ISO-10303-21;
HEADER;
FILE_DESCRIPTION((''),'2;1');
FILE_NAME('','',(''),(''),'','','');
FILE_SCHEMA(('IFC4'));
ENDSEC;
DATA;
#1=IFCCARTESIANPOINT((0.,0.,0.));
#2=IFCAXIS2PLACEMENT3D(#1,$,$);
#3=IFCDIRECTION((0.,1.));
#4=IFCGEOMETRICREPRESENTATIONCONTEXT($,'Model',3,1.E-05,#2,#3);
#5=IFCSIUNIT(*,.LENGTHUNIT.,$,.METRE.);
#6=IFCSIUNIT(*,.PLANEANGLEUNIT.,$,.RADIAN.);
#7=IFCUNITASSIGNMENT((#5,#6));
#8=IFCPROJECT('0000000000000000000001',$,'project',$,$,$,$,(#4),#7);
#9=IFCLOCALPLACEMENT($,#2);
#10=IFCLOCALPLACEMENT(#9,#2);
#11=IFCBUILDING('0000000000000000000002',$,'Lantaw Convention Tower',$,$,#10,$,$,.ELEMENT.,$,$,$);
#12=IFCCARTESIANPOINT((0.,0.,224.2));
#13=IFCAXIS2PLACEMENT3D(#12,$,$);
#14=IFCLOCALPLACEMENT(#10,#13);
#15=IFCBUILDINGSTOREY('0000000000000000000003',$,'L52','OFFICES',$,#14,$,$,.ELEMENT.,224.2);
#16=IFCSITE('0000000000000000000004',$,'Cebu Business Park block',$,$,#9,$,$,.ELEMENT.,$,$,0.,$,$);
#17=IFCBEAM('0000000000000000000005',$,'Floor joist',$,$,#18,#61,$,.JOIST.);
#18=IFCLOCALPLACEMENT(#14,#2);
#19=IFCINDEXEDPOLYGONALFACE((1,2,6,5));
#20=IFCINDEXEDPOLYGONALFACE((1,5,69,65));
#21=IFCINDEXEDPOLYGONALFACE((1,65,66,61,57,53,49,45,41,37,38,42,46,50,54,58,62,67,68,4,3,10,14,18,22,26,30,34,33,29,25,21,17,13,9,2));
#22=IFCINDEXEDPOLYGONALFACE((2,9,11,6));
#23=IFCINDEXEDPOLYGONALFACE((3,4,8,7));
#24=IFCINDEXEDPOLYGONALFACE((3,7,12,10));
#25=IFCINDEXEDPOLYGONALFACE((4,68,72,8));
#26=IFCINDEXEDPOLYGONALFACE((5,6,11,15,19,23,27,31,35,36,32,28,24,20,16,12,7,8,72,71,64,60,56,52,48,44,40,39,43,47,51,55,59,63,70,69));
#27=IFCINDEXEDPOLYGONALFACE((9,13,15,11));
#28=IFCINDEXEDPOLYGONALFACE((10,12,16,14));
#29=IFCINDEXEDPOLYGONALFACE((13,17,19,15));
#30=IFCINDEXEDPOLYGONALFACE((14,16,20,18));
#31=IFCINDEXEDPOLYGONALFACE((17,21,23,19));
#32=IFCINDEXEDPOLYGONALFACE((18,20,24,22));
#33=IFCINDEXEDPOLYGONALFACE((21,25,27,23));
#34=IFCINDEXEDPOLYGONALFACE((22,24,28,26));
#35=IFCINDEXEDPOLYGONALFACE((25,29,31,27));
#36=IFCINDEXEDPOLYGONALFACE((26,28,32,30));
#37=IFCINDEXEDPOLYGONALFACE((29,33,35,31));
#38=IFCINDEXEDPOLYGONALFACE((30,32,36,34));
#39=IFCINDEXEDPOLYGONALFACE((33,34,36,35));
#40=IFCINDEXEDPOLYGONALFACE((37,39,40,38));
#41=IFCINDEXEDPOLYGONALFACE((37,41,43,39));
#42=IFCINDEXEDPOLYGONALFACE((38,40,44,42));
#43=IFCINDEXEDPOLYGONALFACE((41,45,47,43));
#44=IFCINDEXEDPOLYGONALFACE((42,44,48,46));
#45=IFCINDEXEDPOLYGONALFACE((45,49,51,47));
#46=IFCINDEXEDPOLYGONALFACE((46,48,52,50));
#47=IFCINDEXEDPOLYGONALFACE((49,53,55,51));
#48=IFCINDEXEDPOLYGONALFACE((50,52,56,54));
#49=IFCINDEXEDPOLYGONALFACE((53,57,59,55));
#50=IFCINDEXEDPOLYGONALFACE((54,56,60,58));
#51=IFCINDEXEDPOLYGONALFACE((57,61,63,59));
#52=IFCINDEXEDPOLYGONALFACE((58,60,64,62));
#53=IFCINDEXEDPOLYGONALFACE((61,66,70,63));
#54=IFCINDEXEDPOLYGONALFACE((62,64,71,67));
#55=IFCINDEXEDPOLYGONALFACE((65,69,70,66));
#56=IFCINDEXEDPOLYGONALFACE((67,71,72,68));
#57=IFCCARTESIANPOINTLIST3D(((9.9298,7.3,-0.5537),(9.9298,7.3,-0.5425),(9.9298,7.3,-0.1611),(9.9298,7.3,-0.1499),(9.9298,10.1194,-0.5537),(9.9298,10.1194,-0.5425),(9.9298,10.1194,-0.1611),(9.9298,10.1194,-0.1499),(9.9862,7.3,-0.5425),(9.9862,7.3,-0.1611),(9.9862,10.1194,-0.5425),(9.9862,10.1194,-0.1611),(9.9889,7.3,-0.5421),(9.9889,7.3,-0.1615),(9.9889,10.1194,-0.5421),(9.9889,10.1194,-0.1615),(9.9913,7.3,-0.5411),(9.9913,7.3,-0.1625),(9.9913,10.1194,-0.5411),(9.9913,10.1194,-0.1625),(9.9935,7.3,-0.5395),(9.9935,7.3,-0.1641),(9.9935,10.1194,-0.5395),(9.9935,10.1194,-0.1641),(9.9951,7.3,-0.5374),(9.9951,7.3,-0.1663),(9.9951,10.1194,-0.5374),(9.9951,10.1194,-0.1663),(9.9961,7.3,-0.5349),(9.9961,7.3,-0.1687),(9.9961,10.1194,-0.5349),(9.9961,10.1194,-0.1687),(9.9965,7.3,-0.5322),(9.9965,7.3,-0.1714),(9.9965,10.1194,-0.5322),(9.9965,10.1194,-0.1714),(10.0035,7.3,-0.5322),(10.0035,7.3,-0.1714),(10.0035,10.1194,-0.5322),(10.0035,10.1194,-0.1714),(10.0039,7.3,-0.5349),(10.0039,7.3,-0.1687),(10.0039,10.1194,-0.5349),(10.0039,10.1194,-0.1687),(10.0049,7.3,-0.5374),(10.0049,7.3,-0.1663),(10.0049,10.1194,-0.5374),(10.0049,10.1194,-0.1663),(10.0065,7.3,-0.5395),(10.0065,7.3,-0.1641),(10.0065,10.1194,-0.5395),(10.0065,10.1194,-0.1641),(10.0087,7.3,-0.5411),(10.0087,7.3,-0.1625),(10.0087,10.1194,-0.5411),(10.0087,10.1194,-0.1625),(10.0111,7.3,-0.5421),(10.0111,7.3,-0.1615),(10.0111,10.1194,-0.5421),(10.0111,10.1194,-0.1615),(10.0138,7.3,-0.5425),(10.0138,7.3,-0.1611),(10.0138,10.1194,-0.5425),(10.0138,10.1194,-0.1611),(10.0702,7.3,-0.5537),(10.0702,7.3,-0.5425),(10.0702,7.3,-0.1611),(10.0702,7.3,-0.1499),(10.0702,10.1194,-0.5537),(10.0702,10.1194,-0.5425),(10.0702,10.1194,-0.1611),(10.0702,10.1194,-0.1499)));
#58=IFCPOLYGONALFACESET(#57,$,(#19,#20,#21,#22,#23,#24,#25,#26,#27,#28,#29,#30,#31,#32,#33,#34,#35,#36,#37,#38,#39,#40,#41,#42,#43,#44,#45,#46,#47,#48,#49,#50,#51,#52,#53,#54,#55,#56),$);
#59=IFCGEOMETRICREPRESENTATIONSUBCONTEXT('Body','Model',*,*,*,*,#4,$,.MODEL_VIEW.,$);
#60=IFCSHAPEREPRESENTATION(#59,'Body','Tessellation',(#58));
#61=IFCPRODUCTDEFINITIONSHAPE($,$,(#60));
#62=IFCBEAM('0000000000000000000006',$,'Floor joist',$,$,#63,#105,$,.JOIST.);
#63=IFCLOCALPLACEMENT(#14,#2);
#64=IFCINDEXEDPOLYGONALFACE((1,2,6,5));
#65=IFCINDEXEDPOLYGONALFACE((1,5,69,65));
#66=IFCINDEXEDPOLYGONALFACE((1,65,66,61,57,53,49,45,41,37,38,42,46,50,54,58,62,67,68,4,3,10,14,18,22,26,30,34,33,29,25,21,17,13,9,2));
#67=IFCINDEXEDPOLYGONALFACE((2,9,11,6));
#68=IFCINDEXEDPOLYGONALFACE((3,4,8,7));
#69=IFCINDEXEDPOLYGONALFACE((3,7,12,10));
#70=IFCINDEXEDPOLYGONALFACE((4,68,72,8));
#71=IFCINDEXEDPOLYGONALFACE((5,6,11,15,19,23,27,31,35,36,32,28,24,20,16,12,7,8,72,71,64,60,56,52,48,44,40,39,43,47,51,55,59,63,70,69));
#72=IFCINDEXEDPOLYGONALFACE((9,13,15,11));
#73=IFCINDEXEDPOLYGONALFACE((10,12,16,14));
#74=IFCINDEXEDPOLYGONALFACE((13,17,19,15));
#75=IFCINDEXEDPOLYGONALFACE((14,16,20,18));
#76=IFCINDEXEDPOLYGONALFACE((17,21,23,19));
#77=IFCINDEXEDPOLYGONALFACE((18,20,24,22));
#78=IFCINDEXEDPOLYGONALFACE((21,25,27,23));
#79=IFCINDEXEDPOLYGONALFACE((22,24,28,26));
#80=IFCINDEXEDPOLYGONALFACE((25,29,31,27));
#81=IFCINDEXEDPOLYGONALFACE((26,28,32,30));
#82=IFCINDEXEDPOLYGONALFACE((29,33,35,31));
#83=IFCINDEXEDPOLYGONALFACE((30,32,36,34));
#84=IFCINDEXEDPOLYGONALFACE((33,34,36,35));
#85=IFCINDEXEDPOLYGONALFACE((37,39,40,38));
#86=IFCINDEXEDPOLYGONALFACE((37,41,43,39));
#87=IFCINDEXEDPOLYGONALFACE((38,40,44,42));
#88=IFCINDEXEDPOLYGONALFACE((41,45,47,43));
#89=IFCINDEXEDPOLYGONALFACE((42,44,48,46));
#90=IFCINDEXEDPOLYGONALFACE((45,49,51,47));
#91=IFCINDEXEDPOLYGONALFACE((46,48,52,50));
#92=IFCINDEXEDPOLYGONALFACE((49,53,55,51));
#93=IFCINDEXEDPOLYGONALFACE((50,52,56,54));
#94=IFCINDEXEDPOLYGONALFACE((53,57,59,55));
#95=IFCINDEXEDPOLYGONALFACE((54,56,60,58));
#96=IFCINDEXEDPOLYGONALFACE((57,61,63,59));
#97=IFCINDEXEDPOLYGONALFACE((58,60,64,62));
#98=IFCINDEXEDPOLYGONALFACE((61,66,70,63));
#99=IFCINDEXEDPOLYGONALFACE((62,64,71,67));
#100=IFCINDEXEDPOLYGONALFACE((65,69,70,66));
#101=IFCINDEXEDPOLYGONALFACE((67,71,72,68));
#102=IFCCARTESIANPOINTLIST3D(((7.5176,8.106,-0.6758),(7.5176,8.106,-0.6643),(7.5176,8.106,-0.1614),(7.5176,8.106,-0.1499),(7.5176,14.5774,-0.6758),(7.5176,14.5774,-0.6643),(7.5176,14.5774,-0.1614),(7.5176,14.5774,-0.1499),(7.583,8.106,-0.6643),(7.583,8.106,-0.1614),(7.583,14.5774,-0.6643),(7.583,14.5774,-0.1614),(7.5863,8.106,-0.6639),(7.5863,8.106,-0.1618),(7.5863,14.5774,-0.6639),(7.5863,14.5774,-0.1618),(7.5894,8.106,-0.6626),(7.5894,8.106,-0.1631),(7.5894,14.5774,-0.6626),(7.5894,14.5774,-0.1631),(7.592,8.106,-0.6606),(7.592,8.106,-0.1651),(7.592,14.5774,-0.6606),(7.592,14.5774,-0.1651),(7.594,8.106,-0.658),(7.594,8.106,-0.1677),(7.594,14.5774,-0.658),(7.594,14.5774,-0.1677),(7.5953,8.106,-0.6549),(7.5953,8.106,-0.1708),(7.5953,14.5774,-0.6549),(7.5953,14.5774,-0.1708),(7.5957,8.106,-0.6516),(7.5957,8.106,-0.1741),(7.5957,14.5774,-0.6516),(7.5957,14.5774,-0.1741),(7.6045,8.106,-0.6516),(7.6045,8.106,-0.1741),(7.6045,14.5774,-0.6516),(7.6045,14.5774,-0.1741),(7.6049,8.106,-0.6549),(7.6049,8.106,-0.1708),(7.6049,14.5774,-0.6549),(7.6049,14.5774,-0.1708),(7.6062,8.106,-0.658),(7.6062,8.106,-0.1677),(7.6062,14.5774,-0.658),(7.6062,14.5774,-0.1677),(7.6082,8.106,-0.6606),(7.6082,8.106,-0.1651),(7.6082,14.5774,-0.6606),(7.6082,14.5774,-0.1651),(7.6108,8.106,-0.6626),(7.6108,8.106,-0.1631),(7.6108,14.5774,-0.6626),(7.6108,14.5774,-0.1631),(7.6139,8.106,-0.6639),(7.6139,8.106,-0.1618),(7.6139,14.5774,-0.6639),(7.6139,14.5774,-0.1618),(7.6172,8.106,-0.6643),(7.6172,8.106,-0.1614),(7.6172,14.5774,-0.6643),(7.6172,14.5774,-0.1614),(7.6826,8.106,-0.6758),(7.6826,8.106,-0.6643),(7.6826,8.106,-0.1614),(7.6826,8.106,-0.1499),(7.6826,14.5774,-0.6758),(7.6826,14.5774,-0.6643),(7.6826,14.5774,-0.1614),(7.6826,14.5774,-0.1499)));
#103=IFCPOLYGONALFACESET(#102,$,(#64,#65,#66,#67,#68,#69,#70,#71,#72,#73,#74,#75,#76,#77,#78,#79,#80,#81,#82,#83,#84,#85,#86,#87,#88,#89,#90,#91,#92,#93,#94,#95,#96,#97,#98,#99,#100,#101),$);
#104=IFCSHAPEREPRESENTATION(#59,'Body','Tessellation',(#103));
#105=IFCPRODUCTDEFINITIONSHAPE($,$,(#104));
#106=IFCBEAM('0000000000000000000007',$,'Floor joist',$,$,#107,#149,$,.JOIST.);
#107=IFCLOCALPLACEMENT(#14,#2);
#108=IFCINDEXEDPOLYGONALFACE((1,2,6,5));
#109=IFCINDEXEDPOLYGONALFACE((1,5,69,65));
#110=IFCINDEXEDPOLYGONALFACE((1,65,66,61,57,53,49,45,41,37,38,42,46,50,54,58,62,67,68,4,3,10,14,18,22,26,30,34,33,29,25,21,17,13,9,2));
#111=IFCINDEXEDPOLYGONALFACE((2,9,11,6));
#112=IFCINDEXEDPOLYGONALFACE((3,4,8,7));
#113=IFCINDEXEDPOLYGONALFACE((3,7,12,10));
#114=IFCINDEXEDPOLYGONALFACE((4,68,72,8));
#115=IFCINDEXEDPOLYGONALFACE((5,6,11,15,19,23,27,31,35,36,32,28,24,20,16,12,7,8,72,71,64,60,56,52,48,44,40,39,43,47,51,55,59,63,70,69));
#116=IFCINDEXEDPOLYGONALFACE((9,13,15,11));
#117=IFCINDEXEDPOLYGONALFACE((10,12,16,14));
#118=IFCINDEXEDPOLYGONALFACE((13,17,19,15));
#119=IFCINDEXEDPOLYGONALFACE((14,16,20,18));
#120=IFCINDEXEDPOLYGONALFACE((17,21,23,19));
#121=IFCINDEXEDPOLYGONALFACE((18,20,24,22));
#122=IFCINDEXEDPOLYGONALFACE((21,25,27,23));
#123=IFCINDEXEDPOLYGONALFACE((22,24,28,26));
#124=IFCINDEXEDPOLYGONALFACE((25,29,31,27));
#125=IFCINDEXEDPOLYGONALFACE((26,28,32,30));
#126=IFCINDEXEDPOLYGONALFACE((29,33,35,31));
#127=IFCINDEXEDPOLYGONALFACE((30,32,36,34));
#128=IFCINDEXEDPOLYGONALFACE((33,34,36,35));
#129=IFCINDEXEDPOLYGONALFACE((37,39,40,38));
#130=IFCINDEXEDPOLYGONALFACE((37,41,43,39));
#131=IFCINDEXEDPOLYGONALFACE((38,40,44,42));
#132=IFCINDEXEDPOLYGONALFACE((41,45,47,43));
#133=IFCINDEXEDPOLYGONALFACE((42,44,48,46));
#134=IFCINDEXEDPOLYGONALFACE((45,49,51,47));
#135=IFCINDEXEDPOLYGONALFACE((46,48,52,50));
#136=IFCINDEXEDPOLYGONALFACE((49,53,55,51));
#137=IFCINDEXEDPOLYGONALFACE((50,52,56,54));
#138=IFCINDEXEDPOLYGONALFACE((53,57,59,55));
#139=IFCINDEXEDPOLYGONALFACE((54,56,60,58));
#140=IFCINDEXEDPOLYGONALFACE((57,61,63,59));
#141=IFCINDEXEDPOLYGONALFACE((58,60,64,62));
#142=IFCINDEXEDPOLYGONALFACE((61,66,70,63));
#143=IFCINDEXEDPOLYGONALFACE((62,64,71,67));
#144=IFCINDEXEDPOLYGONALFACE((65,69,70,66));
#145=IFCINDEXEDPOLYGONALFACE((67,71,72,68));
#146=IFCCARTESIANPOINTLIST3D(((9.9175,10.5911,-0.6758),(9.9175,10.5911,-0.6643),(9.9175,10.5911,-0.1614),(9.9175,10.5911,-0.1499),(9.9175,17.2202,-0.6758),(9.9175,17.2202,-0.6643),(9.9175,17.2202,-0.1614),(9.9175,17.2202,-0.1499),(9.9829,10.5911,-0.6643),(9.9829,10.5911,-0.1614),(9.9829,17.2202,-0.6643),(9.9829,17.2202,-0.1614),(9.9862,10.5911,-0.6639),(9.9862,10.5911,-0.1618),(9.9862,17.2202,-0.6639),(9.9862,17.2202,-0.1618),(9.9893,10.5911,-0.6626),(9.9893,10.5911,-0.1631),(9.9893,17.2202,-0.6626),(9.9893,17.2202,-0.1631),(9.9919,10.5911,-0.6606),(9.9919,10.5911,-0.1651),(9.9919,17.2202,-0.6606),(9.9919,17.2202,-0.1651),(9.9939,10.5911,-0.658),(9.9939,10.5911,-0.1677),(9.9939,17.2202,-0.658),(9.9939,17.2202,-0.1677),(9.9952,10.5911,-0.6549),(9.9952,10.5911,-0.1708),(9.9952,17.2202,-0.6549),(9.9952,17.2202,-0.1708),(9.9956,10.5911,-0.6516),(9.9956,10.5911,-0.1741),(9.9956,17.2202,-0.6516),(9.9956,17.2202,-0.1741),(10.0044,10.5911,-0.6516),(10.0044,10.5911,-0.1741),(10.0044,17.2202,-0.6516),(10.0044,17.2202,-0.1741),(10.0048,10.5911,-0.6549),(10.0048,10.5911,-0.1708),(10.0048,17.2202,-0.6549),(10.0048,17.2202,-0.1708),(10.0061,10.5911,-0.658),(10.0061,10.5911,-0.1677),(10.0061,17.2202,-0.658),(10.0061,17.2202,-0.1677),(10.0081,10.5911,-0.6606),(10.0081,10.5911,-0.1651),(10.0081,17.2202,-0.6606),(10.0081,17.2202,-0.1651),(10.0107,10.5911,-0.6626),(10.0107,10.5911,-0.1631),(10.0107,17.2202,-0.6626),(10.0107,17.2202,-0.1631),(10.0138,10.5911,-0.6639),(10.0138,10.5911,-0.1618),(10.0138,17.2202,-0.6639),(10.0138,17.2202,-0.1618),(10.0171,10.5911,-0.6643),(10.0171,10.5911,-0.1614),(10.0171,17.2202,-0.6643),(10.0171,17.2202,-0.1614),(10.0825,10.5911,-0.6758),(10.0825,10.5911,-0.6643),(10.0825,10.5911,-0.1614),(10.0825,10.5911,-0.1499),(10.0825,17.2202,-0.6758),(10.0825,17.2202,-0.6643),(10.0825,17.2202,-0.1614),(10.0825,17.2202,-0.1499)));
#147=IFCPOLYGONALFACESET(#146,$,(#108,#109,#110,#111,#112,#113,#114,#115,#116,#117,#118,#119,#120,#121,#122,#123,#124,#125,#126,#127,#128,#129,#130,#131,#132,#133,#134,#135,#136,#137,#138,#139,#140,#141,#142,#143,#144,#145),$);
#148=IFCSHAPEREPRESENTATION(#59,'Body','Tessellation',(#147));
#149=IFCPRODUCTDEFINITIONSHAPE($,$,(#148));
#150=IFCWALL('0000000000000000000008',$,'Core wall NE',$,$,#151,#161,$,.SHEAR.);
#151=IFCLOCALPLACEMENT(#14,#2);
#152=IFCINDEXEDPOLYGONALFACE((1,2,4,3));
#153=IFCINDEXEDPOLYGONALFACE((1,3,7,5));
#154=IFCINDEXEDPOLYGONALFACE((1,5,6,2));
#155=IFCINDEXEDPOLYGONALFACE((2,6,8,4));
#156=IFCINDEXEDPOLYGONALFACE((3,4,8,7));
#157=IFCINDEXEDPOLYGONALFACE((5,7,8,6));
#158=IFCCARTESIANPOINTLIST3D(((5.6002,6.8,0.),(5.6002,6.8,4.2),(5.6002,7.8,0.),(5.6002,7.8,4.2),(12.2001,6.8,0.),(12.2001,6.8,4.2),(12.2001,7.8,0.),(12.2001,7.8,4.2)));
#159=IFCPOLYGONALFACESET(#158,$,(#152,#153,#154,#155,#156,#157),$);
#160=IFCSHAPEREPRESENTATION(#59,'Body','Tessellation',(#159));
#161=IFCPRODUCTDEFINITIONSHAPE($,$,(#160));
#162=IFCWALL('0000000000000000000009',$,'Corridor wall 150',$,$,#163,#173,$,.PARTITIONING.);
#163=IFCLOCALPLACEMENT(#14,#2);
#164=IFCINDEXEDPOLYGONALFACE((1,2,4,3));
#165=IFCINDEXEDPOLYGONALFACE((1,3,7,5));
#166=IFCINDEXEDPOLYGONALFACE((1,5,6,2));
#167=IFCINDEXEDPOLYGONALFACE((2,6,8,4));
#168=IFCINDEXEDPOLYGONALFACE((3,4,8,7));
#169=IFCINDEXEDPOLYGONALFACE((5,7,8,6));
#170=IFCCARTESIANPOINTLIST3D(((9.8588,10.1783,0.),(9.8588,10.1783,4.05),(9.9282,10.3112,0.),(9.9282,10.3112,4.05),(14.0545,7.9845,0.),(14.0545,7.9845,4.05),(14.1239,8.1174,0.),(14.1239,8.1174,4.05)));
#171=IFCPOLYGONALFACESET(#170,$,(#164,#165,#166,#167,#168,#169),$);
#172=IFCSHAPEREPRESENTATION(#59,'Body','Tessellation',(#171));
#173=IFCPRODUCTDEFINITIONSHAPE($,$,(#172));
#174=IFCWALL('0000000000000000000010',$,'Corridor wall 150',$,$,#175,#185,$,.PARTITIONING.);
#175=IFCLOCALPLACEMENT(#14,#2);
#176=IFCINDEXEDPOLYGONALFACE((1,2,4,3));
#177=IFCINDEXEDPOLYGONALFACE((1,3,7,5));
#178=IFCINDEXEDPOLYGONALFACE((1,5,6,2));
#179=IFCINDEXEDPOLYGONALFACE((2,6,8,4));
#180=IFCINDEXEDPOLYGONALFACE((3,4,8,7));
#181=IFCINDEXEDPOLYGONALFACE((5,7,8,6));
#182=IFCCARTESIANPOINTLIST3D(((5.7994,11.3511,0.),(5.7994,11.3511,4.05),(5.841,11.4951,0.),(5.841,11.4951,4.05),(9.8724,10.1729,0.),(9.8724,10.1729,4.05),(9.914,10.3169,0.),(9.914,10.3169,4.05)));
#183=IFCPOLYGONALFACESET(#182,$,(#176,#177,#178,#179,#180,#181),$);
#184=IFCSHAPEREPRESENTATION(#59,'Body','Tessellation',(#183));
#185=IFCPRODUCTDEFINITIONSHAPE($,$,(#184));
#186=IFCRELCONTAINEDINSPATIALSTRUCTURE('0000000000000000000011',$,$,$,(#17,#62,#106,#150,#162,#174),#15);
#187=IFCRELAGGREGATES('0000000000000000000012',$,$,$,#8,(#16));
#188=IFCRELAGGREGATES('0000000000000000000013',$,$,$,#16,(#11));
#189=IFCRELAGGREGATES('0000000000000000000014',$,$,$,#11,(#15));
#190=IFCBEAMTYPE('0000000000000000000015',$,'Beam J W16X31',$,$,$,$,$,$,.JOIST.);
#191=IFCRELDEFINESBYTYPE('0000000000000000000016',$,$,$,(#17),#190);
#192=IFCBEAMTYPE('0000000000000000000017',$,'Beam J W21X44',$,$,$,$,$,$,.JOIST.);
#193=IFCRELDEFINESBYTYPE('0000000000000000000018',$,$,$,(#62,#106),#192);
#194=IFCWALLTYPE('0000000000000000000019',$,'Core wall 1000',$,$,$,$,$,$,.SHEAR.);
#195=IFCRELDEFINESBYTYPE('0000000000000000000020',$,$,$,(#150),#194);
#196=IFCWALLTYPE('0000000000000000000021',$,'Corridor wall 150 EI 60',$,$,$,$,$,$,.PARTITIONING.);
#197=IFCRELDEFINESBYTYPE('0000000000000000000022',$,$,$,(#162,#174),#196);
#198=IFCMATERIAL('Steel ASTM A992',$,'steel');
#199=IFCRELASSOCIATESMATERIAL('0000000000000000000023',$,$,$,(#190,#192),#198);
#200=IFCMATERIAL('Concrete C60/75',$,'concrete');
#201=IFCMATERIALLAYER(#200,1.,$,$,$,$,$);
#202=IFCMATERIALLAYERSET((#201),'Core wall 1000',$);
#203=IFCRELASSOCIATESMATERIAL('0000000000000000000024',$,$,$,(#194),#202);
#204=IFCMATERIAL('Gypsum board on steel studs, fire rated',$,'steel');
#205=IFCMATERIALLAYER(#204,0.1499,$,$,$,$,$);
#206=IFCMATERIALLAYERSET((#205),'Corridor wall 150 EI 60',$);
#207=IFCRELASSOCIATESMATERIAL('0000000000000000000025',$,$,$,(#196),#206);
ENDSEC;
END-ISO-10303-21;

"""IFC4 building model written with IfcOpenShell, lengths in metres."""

from ifc_helpers import new_model, si_unit, direction, frame, frame_2d, origin, origin_2d, place, context, subcontext, project, spatial, rectangle, i_section, extrude, material, layer, layer_set, material_profile, profile_set, type_object, element, save


model = new_model("IFC4")

# Units and contexts
model_context = context("Model", 3, precision=1e-05, world=origin(), true_north=direction((0.0, 1.0)))
body_context = subcontext(model_context, "Body", "Model", "MODEL_VIEW")
ifc_project = project(units=[si_unit("LENGTHUNIT", "METRE"), si_unit("PLANEANGLEUNIT", "RADIAN")], contexts=[model_context])

# Site, building, storey
site_placement = place(None, origin())
site = spatial("IfcSite", under=ifc_project, at=site_placement, Name="Cebu Business Park block", CompositionType="ELEMENT", RefElevation=0.0)
building_placement = place(site_placement, origin())
building = spatial("IfcBuilding", under=site, at=building_placement, Name="Lantaw Convention Tower", CompositionType="ELEMENT")
storey_placement = place(building_placement, frame((0.0, 0.0, 224.2)))
storey = spatial("IfcBuildingStorey", under=building, at=storey_placement, Name="L52", Description="OFFICES", CompositionType="ELEMENT", Elevation=224.2)

# Beams
ifc_material_1 = material(Name="Steel ASTM A992", Category="steel")
ifc_material_profile_1 = material_profile(ifc_material_1, i_section(OverallWidth=0.1404, OverallDepth=0.4038, WebThickness=0.0071, FlangeThickness=0.0112, FilletRadius=0.0103, at=origin_2d()), Name="W16X31")
ifc_profile_set_1 = profile_set([ifc_material_profile_1], Name="Steel ASTM A992")
beam_type_1 = type_object("IfcBeamType", Name="Beam J W16X31", PredefinedType="JOIST", material=ifc_profile_set_1)
beam_1_placement = place(storey_placement, frame((10.0, 7.3, -0.3518), z_axis=(0.0, 1.0, 0.0), x_axis=(-1.0, 0.0, 0.0)))
element("IfcBeam", 1, at=beam_1_placement, inside=storey, type_object=beam_type_1, Name="Floor joist", PredefinedType="JOIST", context=body_context, shape_type="SweptSolid", body=[
    extrude(i_section(OverallWidth=0.1404, OverallDepth=0.4038, WebThickness=0.0071, FlangeThickness=0.0112, FilletRadius=0.0103, at=origin_2d()), origin(), (0.0, 0.0, 1.0), 2.8193),
])
ifc_material_profile_2 = material_profile(ifc_material_1, i_section(OverallWidth=0.165, OverallDepth=0.5259, WebThickness=0.0088, FlangeThickness=0.0115, FilletRadius=0.0127, at=origin_2d()), Name="W21X44")
ifc_profile_set_2 = profile_set([ifc_material_profile_2], Name="Steel ASTM A992")
beam_type_2 = type_object("IfcBeamType", Name="Beam J W21X44", PredefinedType="JOIST", material=ifc_profile_set_2)
beam_2_placement = place(storey_placement, frame((7.6001, 8.106, -0.4128), z_axis=(0.0, 1.0, 0.0), x_axis=(-1.0, 0.0, 0.0)))
element("IfcBeam", 2, at=beam_2_placement, inside=storey, type_object=beam_type_2, Name="Floor joist", PredefinedType="JOIST", context=body_context, shape_type="SweptSolid", body=[
    extrude(i_section(OverallWidth=0.165, OverallDepth=0.5259, WebThickness=0.0088, FlangeThickness=0.0115, FilletRadius=0.0127, at=origin_2d()), origin(), (0.0, 0.0, 1.0), 6.4714),
])
beam_3_placement = place(storey_placement, frame((10.0, 10.5911, -0.4128), z_axis=(0.0, 1.0, 0.0), x_axis=(-1.0, 0.0, 0.0)))
element("IfcBeam", 3, at=beam_3_placement, inside=storey, type_object=beam_type_2, Name="Floor joist", PredefinedType="JOIST", context=body_context, shape_type="SweptSolid", body=[
    extrude(i_section(OverallWidth=0.165, OverallDepth=0.5259, WebThickness=0.0088, FlangeThickness=0.0115, FilletRadius=0.0127, at=origin_2d()), origin(), (0.0, 0.0, 1.0), 6.6292),
])

# Walls
ifc_material_2 = material(Name="Concrete C60/75", Category="concrete")
ifc_layer_1 = layer(ifc_material_2, 1.0)
ifc_layer_set_1 = layer_set([ifc_layer_1], Name="Core wall 1000")
wall_type_1 = type_object("IfcWallType", Name="Core wall 1000", PredefinedType="SHEAR", material=ifc_layer_set_1)
wall_1_placement = place(storey_placement, frame((12.2, 7.3, 0.0), z_axis=(0.0, 0.0, 1.0), x_axis=(-1.0, 0.0, 0.0)))
element("IfcWall", 4, at=wall_1_placement, inside=storey, type_object=wall_type_1, Name="Core wall NE", PredefinedType="SHEAR", context=body_context, shape_type="SweptSolid", body=[
    extrude(rectangle(XDim=6.5999, YDim=1.0, at=frame_2d((3.2998, 0.0))), origin(), (0.0, 0.0, 1.0), 4.2),
])
ifc_material_3 = material(Name="Gypsum board on steel studs, fire rated", Category="steel")
ifc_layer_2 = layer(ifc_material_3, 0.1499)
ifc_layer_set_2 = layer_set([ifc_layer_2], Name="Corridor wall 150 EI 60")
wall_type_2 = type_object("IfcWallType", Name="Corridor wall 150 EI 60", PredefinedType="PARTITIONING", material=ifc_layer_set_2)
wall_2_placement = place(storey_placement, frame((14.0891, 8.051, 0.0), z_axis=(0.0, 0.0, 1.0), x_axis=(-0.886174, 0.463352, 0.0)))
element("IfcWall", 5, at=wall_2_placement, inside=storey, type_object=wall_type_2, Name="Corridor wall 150", PredefinedType="PARTITIONING", context=body_context, shape_type="SweptSolid", body=[
    extrude(rectangle(XDim=4.7346, YDim=0.1499, at=frame_2d((2.3672, 0.0))), origin(), (0.0, 0.0, 1.0), 4.05),
])
wall_3_placement = place(storey_placement, frame((9.8933, 10.2449, 0.0), z_axis=(0.0, 0.0, 1.0), x_axis=(-0.960615, 0.277883, 0.0)))
element("IfcWall", 6, at=wall_3_placement, inside=storey, type_object=wall_type_2, Name="Corridor wall 150", PredefinedType="PARTITIONING", context=body_context, shape_type="SweptSolid", body=[
    extrude(rectangle(XDim=4.24, YDim=0.1499, at=frame_2d((2.1201, 0.0))), origin(), (0.0, 0.0, 1.0), 4.05),
])

save(model, "model.ifc")
